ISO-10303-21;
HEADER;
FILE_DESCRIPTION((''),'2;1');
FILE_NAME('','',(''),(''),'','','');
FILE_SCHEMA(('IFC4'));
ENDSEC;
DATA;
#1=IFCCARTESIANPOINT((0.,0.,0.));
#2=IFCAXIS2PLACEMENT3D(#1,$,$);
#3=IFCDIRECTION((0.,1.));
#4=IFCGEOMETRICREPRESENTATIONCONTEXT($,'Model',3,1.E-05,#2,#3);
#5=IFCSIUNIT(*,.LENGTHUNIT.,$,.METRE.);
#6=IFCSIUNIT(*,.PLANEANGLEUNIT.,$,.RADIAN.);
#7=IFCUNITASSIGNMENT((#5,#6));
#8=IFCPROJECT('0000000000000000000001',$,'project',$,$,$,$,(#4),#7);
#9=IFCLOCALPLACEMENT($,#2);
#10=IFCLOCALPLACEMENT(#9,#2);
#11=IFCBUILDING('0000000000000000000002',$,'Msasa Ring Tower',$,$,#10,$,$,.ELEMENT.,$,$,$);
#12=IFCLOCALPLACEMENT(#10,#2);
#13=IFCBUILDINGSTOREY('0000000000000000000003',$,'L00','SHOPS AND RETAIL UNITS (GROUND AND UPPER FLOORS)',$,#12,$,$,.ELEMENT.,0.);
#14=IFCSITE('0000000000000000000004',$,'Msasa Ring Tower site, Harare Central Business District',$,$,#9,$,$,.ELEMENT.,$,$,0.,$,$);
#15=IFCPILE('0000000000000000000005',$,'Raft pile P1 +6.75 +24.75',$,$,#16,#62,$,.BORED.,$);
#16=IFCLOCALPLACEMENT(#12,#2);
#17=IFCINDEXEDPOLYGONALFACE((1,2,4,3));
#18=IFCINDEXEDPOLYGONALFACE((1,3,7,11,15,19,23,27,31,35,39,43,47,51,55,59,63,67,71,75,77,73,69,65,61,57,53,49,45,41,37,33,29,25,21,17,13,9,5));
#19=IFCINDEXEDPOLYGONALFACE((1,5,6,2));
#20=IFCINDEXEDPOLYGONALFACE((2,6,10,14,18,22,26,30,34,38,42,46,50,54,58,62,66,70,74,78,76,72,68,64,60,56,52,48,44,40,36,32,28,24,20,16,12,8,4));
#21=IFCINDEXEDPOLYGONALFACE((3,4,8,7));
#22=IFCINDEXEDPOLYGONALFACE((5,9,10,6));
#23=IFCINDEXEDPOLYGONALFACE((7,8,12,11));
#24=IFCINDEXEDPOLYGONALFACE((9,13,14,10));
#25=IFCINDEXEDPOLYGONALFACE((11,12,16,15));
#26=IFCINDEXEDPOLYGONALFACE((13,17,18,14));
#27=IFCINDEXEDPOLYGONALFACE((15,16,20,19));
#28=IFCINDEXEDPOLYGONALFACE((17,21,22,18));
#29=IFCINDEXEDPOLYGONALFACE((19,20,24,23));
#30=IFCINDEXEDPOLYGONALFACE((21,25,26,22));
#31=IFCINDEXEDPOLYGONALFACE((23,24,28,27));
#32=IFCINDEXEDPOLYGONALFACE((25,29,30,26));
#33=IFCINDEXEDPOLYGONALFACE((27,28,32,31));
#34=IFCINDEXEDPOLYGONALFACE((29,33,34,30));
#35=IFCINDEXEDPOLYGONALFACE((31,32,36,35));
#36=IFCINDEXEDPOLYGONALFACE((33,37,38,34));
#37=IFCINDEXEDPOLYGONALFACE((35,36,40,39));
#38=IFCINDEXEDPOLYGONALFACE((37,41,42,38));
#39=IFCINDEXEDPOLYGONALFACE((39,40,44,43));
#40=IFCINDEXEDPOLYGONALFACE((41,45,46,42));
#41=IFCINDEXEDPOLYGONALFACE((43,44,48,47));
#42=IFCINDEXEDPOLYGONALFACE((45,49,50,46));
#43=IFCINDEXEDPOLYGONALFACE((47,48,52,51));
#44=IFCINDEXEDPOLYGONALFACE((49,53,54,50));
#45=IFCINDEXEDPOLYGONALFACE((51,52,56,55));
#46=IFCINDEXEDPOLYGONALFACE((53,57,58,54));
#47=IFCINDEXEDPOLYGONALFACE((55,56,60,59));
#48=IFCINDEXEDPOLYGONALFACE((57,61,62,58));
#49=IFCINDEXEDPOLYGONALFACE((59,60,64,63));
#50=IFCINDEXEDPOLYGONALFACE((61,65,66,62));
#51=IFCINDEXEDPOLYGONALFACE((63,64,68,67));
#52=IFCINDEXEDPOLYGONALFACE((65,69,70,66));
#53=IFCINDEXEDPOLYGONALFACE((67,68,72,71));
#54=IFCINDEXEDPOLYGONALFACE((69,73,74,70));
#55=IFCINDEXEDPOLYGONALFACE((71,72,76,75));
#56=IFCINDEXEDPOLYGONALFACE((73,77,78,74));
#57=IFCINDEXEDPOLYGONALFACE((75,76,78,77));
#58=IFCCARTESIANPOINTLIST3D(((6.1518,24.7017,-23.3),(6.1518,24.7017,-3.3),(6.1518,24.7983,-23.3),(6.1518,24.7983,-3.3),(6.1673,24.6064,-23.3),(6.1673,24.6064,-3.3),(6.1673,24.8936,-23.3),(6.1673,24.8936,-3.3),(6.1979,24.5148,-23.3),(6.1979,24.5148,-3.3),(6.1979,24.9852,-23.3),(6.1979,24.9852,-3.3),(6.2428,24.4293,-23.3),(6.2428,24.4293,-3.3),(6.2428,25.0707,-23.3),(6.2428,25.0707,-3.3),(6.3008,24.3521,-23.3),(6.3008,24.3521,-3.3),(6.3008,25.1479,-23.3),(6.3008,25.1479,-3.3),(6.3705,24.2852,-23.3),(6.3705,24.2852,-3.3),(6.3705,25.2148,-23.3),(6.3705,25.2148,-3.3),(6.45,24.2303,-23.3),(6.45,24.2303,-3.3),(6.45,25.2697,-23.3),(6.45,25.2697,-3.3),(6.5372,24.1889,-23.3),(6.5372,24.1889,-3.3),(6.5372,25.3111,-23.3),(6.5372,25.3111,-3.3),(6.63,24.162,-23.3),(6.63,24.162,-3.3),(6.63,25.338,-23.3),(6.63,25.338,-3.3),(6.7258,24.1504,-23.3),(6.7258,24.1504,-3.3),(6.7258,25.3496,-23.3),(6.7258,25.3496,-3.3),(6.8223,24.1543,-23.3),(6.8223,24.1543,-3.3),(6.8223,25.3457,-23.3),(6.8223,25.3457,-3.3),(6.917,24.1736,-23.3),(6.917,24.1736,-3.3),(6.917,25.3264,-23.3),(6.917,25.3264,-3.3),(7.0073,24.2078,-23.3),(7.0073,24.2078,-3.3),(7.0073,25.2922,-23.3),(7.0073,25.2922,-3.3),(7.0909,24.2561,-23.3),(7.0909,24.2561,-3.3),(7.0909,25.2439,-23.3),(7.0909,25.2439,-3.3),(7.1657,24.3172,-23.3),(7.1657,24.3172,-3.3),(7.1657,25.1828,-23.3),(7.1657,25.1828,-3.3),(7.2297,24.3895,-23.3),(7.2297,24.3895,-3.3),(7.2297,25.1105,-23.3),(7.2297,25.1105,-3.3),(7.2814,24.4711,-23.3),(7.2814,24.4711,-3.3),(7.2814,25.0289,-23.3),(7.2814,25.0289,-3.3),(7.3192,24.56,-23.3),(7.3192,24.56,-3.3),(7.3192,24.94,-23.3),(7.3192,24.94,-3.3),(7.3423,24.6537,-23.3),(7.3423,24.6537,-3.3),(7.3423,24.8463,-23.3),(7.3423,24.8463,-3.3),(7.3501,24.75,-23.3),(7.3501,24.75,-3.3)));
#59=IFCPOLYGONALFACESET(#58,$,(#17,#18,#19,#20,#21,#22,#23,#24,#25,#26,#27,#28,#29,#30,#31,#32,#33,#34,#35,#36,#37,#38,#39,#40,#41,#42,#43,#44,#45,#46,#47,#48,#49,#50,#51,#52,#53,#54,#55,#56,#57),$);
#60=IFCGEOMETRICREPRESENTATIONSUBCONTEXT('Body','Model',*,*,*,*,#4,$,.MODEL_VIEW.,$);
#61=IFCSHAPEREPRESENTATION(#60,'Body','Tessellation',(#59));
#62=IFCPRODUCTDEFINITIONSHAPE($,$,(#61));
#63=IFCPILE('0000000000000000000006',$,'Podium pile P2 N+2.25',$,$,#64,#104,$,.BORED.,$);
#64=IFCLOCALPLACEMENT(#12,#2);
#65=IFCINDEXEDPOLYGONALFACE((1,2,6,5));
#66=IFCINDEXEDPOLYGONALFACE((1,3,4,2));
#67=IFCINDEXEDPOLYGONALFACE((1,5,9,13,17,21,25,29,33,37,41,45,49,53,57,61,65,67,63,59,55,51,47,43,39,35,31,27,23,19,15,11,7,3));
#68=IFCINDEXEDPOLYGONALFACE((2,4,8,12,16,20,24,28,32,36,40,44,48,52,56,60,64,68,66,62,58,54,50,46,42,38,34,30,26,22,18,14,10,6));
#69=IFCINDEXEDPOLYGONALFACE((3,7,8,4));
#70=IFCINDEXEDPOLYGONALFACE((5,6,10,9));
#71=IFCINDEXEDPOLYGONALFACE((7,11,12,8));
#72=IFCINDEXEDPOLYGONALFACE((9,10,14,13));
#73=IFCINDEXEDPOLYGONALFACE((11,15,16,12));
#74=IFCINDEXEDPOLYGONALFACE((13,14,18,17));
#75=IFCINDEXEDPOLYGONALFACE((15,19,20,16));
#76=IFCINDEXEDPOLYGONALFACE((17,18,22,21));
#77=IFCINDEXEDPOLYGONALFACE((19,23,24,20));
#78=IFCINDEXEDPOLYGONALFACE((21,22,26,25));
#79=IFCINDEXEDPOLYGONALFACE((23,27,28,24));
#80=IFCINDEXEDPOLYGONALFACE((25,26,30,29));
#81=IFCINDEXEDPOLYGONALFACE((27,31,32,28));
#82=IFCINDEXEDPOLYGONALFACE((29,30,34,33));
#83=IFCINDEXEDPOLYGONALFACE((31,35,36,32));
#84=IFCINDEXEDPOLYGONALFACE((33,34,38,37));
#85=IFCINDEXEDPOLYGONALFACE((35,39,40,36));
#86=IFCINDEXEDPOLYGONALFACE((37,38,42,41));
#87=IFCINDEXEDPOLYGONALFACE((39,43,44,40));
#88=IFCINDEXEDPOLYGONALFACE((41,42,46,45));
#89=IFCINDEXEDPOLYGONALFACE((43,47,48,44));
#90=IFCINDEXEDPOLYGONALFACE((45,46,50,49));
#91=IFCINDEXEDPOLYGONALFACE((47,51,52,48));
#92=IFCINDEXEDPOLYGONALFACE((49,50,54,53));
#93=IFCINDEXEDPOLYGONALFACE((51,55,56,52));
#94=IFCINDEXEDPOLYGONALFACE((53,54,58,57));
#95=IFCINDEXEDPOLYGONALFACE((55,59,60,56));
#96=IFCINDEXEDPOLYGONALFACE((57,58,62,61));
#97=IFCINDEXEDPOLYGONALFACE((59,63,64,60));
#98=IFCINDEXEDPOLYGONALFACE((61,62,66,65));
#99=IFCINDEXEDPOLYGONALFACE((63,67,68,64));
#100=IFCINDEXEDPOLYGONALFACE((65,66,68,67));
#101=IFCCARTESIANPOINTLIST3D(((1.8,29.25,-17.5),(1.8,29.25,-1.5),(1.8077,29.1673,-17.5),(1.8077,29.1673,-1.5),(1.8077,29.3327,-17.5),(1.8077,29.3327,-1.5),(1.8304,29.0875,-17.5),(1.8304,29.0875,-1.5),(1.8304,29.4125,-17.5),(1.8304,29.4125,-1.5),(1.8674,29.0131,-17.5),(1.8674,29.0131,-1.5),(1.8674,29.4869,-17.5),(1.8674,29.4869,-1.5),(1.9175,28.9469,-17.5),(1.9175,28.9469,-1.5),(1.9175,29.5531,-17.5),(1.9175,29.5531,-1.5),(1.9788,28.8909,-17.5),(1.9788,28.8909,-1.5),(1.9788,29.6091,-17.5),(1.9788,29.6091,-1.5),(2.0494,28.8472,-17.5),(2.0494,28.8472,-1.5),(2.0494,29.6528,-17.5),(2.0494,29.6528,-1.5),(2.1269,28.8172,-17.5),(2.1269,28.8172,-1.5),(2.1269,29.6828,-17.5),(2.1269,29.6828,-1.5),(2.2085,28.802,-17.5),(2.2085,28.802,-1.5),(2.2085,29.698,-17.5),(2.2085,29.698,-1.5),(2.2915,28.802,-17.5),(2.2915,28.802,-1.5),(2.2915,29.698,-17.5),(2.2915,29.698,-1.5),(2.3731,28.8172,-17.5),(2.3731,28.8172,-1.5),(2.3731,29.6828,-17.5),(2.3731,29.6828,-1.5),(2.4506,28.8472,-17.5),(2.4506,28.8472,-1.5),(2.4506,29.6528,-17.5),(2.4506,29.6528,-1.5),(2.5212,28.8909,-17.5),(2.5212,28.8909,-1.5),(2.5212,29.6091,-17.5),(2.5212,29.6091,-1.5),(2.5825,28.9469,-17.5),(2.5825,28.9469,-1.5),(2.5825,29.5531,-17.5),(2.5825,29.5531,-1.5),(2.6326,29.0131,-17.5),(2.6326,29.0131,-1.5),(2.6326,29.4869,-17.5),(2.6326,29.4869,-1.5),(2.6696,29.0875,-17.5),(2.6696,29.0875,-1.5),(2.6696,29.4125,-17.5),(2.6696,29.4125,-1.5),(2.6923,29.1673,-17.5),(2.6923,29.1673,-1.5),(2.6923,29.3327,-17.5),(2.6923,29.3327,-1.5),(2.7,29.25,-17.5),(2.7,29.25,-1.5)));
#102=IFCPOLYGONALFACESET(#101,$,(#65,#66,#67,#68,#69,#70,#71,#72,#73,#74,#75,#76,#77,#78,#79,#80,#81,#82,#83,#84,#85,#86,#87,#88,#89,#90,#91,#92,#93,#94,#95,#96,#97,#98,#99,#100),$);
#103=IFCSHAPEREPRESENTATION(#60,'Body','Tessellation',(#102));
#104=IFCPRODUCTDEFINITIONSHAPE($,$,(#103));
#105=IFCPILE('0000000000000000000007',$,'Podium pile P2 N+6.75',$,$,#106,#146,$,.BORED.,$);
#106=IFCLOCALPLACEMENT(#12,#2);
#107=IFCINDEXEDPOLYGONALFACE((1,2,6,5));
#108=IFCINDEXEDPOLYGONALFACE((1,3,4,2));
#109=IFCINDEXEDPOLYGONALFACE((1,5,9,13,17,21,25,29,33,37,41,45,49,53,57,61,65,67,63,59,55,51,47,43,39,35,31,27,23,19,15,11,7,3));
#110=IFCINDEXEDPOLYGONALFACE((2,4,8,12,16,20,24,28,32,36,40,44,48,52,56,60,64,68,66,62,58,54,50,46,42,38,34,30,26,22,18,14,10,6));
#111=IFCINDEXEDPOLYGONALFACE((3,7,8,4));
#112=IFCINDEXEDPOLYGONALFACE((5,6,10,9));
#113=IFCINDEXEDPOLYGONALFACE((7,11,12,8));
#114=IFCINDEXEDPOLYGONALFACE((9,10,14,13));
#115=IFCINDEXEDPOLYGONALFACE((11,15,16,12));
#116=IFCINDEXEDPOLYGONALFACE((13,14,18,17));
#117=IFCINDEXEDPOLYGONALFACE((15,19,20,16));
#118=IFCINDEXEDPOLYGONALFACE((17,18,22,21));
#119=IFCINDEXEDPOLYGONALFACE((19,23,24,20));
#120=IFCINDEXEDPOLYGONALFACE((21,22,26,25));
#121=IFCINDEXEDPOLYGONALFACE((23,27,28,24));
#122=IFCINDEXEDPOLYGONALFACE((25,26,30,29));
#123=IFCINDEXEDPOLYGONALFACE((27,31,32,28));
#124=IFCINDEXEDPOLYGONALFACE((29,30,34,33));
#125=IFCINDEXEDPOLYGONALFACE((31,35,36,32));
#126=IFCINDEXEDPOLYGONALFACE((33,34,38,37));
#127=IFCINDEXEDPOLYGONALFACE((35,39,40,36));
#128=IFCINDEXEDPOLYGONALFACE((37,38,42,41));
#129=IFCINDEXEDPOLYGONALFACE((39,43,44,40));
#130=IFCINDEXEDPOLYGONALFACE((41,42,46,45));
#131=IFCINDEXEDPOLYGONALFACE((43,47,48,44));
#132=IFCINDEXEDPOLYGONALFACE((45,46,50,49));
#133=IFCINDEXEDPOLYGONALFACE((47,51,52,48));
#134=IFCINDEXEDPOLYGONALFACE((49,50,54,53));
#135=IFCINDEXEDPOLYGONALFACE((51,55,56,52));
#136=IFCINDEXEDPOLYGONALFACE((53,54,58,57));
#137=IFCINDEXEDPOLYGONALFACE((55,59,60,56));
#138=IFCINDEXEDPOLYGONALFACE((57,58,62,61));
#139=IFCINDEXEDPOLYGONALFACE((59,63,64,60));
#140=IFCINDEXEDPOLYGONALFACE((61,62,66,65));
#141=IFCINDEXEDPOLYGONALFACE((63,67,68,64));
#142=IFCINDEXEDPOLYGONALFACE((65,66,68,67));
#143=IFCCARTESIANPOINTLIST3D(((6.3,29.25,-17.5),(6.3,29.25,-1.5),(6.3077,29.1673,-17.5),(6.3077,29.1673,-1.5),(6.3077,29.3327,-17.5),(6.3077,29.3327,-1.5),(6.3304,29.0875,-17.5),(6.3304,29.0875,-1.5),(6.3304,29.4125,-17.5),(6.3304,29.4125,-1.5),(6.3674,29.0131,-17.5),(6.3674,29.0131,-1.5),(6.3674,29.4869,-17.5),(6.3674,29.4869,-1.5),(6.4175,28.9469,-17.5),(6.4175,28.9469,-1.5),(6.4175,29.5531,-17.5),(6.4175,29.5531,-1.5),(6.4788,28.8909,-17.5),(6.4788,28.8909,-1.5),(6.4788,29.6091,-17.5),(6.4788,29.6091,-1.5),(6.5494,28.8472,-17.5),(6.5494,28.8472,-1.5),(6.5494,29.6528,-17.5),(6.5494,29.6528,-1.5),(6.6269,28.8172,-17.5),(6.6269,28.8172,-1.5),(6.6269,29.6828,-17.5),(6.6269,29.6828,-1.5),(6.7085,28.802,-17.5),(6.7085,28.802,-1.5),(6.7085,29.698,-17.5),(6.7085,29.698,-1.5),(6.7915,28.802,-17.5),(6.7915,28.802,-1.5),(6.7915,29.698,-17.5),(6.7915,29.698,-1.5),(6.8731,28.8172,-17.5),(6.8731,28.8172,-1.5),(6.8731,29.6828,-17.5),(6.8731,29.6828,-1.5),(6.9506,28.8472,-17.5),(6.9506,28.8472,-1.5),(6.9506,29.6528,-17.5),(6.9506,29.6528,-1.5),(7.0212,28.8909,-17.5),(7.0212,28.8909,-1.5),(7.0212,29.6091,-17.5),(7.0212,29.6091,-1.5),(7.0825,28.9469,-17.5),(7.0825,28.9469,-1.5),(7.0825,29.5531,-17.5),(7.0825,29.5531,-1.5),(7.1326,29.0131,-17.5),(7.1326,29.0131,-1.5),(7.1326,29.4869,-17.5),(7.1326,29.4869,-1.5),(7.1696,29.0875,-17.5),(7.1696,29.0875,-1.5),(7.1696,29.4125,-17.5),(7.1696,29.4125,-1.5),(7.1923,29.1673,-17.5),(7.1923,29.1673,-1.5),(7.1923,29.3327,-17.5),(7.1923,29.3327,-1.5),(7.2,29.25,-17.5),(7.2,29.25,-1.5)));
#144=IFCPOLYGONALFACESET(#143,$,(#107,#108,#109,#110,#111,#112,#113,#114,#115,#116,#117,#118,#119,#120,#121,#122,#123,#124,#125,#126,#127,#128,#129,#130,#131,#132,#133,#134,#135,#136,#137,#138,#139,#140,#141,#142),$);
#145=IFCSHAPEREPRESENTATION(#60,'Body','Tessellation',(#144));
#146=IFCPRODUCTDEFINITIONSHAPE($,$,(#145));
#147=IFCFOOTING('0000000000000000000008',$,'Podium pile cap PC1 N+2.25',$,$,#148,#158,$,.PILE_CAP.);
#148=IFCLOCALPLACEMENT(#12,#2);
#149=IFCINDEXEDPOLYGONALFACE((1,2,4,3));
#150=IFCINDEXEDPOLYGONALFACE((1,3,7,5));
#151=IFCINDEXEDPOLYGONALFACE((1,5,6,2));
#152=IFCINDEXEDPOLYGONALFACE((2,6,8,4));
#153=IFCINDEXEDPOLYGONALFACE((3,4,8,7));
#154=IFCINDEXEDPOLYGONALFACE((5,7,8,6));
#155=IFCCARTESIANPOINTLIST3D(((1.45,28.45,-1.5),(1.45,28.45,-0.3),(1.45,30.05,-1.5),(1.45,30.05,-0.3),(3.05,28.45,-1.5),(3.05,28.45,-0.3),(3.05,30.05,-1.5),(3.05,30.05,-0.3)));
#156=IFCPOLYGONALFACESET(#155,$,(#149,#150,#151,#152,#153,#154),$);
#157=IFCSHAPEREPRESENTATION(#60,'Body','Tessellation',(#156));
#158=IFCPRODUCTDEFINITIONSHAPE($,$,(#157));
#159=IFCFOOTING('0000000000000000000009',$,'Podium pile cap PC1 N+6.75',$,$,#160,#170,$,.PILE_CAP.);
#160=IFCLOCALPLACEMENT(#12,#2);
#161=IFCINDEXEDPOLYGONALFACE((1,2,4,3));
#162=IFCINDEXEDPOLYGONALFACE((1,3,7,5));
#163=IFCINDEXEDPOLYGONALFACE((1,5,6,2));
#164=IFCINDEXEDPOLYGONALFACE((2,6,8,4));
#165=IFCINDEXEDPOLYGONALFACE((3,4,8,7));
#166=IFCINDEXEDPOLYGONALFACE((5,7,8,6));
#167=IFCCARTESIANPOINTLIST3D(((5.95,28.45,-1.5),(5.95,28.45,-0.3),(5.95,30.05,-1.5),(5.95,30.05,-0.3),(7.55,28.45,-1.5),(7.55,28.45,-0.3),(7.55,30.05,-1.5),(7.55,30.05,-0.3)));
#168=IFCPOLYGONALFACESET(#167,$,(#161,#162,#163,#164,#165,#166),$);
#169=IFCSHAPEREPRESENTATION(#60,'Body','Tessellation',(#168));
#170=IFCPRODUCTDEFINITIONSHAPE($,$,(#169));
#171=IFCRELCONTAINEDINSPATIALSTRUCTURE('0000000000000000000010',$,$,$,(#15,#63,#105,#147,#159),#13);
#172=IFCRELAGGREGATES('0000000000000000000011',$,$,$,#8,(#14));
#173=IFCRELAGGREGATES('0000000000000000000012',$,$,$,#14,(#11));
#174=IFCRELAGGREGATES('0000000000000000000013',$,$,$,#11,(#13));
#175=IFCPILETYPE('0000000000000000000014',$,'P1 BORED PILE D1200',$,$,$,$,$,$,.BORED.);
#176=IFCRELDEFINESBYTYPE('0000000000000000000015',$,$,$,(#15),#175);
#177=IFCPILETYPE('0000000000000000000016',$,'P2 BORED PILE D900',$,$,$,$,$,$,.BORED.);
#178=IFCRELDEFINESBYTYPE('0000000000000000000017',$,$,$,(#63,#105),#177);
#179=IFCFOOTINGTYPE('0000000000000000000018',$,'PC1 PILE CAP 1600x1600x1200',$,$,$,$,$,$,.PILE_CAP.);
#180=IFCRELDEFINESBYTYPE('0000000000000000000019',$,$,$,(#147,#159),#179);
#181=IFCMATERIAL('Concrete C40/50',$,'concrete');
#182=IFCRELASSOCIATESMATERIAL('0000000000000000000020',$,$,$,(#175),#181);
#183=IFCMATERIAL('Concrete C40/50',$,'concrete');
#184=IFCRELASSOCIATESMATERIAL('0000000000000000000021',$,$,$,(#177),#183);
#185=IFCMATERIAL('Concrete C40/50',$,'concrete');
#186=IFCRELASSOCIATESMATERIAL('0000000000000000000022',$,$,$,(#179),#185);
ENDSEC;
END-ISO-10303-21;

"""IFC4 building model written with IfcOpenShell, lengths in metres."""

from ifc_helpers import new_model, si_unit, direction, frame, origin, origin_2d, place, context, subcontext, project, spatial, rectangle, circle, extrude, material, material_profile, profile_set, type_object, element, save


model = new_model("IFC4")

# Units and contexts
model_context = context("Model", 3, precision=1e-05, world=origin(), true_north=direction((0.0, 1.0)))
body_context = subcontext(model_context, "Body", "Model", "MODEL_VIEW")
ifc_project = project(units=[si_unit("LENGTHUNIT", "METRE"), si_unit("PLANEANGLEUNIT", "RADIAN")], contexts=[model_context])

# Site, building, storey
site_placement = place(None, origin())
site = spatial("IfcSite", under=ifc_project, at=site_placement, Name="Msasa Ring Tower site, Harare Central Business District", CompositionType="ELEMENT", RefElevation=0.0)
building_placement = place(site_placement, origin())
building = spatial("IfcBuilding", under=site, at=building_placement, Name="Msasa Ring Tower", CompositionType="ELEMENT")
storey_placement = place(building_placement, origin())
storey = spatial("IfcBuildingStorey", under=building, at=storey_placement, Name="L00", Description="SHOPS AND RETAIL UNITS (GROUND AND UPPER FLOORS)", CompositionType="ELEMENT", Elevation=0.0)

# Piles
ifc_material_1 = material(Name="Concrete C40/50", Category="concrete")
ifc_material_profile_1 = material_profile(ifc_material_1, circle(Radius=0.6001, at=origin_2d()), Name="D1200")
ifc_profile_set_1 = profile_set([ifc_material_profile_1], Name="Concrete C40/50")
pile_type_1 = type_object("IfcPileType", Name="P1 BORED PILE D1200", PredefinedType="BORED", material=ifc_profile_set_1)
pile_placement = place(storey_placement, frame((6.75, 24.75, -3.3), z_axis=(0.0, 0.0, -1.0), x_axis=(1.0, 0.0, 0.0)))
element("IfcPile", 1, at=pile_placement, inside=storey, type_object=pile_type_1, Name="Raft pile P1 +6.75 +24.75", PredefinedType="BORED", context=body_context, shape_type="SweptSolid", body=[
    extrude(circle(Radius=0.6001, at=origin_2d()), origin(), (0.0, 0.0, 1.0), 20.0),
])
ifc_material_2 = material(Name="Concrete C40/50", Category="concrete")
ifc_material_profile_2 = material_profile(ifc_material_2, circle(Radius=0.45, at=origin_2d()), Name="D900")
ifc_profile_set_2 = profile_set([ifc_material_profile_2], Name="Concrete C40/50")
pile_type_2 = type_object("IfcPileType", Name="P2 BORED PILE D900", PredefinedType="BORED", material=ifc_profile_set_2)
for number, where, z_axis, x_axis, name in (
    (2, (2.25, 29.25, -1.5), (0.0, 0.0, -1.0), (1.0, 0.0, 0.0), "Podium pile P2 N+2.25"),
    (3, (6.75, 29.25, -1.5), (0.0, 0.0, -1.0), (1.0, 0.0, 0.0), "Podium pile P2 N+6.75"),
):
    element("IfcPile", number, at=place(storey_placement, frame(where, z_axis=z_axis, x_axis=x_axis)), inside=storey, type_object=pile_type_2, Name=name, PredefinedType="BORED", context=body_context, shape_type="SweptSolid", body=[
        extrude(circle(Radius=0.45, at=origin_2d()), origin(), (0.0, 0.0, 1.0), 16.0),
    ])

# Footings
ifc_material_3 = material(Name="Concrete C40/50", Category="concrete")
footing_type = type_object("IfcFootingType", Name="PC1 PILE CAP 1600x1600x1200", PredefinedType="PILE_CAP", material=ifc_material_3)
for number, where, z_axis, x_axis, name in (
    (4, (2.25, 29.25, -1.5), (0.0, 0.0, 1.0), (1.0, 0.0, 0.0), "Podium pile cap PC1 N+2.25"),
    (5, (6.75, 29.25, -1.5), (0.0, 0.0, 1.0), (1.0, 0.0, 0.0), "Podium pile cap PC1 N+6.75"),
):
    element("IfcFooting", number, at=place(storey_placement, frame(where, z_axis=z_axis, x_axis=x_axis)), inside=storey, type_object=footing_type, Name=name, PredefinedType="PILE_CAP", context=body_context, shape_type="SweptSolid", body=[
        extrude(rectangle(XDim=1.6001, YDim=1.6001, at=origin_2d()), origin(), (0.0, 0.0, 1.0), 1.2),
    ])

save(model, "model.ifc")
